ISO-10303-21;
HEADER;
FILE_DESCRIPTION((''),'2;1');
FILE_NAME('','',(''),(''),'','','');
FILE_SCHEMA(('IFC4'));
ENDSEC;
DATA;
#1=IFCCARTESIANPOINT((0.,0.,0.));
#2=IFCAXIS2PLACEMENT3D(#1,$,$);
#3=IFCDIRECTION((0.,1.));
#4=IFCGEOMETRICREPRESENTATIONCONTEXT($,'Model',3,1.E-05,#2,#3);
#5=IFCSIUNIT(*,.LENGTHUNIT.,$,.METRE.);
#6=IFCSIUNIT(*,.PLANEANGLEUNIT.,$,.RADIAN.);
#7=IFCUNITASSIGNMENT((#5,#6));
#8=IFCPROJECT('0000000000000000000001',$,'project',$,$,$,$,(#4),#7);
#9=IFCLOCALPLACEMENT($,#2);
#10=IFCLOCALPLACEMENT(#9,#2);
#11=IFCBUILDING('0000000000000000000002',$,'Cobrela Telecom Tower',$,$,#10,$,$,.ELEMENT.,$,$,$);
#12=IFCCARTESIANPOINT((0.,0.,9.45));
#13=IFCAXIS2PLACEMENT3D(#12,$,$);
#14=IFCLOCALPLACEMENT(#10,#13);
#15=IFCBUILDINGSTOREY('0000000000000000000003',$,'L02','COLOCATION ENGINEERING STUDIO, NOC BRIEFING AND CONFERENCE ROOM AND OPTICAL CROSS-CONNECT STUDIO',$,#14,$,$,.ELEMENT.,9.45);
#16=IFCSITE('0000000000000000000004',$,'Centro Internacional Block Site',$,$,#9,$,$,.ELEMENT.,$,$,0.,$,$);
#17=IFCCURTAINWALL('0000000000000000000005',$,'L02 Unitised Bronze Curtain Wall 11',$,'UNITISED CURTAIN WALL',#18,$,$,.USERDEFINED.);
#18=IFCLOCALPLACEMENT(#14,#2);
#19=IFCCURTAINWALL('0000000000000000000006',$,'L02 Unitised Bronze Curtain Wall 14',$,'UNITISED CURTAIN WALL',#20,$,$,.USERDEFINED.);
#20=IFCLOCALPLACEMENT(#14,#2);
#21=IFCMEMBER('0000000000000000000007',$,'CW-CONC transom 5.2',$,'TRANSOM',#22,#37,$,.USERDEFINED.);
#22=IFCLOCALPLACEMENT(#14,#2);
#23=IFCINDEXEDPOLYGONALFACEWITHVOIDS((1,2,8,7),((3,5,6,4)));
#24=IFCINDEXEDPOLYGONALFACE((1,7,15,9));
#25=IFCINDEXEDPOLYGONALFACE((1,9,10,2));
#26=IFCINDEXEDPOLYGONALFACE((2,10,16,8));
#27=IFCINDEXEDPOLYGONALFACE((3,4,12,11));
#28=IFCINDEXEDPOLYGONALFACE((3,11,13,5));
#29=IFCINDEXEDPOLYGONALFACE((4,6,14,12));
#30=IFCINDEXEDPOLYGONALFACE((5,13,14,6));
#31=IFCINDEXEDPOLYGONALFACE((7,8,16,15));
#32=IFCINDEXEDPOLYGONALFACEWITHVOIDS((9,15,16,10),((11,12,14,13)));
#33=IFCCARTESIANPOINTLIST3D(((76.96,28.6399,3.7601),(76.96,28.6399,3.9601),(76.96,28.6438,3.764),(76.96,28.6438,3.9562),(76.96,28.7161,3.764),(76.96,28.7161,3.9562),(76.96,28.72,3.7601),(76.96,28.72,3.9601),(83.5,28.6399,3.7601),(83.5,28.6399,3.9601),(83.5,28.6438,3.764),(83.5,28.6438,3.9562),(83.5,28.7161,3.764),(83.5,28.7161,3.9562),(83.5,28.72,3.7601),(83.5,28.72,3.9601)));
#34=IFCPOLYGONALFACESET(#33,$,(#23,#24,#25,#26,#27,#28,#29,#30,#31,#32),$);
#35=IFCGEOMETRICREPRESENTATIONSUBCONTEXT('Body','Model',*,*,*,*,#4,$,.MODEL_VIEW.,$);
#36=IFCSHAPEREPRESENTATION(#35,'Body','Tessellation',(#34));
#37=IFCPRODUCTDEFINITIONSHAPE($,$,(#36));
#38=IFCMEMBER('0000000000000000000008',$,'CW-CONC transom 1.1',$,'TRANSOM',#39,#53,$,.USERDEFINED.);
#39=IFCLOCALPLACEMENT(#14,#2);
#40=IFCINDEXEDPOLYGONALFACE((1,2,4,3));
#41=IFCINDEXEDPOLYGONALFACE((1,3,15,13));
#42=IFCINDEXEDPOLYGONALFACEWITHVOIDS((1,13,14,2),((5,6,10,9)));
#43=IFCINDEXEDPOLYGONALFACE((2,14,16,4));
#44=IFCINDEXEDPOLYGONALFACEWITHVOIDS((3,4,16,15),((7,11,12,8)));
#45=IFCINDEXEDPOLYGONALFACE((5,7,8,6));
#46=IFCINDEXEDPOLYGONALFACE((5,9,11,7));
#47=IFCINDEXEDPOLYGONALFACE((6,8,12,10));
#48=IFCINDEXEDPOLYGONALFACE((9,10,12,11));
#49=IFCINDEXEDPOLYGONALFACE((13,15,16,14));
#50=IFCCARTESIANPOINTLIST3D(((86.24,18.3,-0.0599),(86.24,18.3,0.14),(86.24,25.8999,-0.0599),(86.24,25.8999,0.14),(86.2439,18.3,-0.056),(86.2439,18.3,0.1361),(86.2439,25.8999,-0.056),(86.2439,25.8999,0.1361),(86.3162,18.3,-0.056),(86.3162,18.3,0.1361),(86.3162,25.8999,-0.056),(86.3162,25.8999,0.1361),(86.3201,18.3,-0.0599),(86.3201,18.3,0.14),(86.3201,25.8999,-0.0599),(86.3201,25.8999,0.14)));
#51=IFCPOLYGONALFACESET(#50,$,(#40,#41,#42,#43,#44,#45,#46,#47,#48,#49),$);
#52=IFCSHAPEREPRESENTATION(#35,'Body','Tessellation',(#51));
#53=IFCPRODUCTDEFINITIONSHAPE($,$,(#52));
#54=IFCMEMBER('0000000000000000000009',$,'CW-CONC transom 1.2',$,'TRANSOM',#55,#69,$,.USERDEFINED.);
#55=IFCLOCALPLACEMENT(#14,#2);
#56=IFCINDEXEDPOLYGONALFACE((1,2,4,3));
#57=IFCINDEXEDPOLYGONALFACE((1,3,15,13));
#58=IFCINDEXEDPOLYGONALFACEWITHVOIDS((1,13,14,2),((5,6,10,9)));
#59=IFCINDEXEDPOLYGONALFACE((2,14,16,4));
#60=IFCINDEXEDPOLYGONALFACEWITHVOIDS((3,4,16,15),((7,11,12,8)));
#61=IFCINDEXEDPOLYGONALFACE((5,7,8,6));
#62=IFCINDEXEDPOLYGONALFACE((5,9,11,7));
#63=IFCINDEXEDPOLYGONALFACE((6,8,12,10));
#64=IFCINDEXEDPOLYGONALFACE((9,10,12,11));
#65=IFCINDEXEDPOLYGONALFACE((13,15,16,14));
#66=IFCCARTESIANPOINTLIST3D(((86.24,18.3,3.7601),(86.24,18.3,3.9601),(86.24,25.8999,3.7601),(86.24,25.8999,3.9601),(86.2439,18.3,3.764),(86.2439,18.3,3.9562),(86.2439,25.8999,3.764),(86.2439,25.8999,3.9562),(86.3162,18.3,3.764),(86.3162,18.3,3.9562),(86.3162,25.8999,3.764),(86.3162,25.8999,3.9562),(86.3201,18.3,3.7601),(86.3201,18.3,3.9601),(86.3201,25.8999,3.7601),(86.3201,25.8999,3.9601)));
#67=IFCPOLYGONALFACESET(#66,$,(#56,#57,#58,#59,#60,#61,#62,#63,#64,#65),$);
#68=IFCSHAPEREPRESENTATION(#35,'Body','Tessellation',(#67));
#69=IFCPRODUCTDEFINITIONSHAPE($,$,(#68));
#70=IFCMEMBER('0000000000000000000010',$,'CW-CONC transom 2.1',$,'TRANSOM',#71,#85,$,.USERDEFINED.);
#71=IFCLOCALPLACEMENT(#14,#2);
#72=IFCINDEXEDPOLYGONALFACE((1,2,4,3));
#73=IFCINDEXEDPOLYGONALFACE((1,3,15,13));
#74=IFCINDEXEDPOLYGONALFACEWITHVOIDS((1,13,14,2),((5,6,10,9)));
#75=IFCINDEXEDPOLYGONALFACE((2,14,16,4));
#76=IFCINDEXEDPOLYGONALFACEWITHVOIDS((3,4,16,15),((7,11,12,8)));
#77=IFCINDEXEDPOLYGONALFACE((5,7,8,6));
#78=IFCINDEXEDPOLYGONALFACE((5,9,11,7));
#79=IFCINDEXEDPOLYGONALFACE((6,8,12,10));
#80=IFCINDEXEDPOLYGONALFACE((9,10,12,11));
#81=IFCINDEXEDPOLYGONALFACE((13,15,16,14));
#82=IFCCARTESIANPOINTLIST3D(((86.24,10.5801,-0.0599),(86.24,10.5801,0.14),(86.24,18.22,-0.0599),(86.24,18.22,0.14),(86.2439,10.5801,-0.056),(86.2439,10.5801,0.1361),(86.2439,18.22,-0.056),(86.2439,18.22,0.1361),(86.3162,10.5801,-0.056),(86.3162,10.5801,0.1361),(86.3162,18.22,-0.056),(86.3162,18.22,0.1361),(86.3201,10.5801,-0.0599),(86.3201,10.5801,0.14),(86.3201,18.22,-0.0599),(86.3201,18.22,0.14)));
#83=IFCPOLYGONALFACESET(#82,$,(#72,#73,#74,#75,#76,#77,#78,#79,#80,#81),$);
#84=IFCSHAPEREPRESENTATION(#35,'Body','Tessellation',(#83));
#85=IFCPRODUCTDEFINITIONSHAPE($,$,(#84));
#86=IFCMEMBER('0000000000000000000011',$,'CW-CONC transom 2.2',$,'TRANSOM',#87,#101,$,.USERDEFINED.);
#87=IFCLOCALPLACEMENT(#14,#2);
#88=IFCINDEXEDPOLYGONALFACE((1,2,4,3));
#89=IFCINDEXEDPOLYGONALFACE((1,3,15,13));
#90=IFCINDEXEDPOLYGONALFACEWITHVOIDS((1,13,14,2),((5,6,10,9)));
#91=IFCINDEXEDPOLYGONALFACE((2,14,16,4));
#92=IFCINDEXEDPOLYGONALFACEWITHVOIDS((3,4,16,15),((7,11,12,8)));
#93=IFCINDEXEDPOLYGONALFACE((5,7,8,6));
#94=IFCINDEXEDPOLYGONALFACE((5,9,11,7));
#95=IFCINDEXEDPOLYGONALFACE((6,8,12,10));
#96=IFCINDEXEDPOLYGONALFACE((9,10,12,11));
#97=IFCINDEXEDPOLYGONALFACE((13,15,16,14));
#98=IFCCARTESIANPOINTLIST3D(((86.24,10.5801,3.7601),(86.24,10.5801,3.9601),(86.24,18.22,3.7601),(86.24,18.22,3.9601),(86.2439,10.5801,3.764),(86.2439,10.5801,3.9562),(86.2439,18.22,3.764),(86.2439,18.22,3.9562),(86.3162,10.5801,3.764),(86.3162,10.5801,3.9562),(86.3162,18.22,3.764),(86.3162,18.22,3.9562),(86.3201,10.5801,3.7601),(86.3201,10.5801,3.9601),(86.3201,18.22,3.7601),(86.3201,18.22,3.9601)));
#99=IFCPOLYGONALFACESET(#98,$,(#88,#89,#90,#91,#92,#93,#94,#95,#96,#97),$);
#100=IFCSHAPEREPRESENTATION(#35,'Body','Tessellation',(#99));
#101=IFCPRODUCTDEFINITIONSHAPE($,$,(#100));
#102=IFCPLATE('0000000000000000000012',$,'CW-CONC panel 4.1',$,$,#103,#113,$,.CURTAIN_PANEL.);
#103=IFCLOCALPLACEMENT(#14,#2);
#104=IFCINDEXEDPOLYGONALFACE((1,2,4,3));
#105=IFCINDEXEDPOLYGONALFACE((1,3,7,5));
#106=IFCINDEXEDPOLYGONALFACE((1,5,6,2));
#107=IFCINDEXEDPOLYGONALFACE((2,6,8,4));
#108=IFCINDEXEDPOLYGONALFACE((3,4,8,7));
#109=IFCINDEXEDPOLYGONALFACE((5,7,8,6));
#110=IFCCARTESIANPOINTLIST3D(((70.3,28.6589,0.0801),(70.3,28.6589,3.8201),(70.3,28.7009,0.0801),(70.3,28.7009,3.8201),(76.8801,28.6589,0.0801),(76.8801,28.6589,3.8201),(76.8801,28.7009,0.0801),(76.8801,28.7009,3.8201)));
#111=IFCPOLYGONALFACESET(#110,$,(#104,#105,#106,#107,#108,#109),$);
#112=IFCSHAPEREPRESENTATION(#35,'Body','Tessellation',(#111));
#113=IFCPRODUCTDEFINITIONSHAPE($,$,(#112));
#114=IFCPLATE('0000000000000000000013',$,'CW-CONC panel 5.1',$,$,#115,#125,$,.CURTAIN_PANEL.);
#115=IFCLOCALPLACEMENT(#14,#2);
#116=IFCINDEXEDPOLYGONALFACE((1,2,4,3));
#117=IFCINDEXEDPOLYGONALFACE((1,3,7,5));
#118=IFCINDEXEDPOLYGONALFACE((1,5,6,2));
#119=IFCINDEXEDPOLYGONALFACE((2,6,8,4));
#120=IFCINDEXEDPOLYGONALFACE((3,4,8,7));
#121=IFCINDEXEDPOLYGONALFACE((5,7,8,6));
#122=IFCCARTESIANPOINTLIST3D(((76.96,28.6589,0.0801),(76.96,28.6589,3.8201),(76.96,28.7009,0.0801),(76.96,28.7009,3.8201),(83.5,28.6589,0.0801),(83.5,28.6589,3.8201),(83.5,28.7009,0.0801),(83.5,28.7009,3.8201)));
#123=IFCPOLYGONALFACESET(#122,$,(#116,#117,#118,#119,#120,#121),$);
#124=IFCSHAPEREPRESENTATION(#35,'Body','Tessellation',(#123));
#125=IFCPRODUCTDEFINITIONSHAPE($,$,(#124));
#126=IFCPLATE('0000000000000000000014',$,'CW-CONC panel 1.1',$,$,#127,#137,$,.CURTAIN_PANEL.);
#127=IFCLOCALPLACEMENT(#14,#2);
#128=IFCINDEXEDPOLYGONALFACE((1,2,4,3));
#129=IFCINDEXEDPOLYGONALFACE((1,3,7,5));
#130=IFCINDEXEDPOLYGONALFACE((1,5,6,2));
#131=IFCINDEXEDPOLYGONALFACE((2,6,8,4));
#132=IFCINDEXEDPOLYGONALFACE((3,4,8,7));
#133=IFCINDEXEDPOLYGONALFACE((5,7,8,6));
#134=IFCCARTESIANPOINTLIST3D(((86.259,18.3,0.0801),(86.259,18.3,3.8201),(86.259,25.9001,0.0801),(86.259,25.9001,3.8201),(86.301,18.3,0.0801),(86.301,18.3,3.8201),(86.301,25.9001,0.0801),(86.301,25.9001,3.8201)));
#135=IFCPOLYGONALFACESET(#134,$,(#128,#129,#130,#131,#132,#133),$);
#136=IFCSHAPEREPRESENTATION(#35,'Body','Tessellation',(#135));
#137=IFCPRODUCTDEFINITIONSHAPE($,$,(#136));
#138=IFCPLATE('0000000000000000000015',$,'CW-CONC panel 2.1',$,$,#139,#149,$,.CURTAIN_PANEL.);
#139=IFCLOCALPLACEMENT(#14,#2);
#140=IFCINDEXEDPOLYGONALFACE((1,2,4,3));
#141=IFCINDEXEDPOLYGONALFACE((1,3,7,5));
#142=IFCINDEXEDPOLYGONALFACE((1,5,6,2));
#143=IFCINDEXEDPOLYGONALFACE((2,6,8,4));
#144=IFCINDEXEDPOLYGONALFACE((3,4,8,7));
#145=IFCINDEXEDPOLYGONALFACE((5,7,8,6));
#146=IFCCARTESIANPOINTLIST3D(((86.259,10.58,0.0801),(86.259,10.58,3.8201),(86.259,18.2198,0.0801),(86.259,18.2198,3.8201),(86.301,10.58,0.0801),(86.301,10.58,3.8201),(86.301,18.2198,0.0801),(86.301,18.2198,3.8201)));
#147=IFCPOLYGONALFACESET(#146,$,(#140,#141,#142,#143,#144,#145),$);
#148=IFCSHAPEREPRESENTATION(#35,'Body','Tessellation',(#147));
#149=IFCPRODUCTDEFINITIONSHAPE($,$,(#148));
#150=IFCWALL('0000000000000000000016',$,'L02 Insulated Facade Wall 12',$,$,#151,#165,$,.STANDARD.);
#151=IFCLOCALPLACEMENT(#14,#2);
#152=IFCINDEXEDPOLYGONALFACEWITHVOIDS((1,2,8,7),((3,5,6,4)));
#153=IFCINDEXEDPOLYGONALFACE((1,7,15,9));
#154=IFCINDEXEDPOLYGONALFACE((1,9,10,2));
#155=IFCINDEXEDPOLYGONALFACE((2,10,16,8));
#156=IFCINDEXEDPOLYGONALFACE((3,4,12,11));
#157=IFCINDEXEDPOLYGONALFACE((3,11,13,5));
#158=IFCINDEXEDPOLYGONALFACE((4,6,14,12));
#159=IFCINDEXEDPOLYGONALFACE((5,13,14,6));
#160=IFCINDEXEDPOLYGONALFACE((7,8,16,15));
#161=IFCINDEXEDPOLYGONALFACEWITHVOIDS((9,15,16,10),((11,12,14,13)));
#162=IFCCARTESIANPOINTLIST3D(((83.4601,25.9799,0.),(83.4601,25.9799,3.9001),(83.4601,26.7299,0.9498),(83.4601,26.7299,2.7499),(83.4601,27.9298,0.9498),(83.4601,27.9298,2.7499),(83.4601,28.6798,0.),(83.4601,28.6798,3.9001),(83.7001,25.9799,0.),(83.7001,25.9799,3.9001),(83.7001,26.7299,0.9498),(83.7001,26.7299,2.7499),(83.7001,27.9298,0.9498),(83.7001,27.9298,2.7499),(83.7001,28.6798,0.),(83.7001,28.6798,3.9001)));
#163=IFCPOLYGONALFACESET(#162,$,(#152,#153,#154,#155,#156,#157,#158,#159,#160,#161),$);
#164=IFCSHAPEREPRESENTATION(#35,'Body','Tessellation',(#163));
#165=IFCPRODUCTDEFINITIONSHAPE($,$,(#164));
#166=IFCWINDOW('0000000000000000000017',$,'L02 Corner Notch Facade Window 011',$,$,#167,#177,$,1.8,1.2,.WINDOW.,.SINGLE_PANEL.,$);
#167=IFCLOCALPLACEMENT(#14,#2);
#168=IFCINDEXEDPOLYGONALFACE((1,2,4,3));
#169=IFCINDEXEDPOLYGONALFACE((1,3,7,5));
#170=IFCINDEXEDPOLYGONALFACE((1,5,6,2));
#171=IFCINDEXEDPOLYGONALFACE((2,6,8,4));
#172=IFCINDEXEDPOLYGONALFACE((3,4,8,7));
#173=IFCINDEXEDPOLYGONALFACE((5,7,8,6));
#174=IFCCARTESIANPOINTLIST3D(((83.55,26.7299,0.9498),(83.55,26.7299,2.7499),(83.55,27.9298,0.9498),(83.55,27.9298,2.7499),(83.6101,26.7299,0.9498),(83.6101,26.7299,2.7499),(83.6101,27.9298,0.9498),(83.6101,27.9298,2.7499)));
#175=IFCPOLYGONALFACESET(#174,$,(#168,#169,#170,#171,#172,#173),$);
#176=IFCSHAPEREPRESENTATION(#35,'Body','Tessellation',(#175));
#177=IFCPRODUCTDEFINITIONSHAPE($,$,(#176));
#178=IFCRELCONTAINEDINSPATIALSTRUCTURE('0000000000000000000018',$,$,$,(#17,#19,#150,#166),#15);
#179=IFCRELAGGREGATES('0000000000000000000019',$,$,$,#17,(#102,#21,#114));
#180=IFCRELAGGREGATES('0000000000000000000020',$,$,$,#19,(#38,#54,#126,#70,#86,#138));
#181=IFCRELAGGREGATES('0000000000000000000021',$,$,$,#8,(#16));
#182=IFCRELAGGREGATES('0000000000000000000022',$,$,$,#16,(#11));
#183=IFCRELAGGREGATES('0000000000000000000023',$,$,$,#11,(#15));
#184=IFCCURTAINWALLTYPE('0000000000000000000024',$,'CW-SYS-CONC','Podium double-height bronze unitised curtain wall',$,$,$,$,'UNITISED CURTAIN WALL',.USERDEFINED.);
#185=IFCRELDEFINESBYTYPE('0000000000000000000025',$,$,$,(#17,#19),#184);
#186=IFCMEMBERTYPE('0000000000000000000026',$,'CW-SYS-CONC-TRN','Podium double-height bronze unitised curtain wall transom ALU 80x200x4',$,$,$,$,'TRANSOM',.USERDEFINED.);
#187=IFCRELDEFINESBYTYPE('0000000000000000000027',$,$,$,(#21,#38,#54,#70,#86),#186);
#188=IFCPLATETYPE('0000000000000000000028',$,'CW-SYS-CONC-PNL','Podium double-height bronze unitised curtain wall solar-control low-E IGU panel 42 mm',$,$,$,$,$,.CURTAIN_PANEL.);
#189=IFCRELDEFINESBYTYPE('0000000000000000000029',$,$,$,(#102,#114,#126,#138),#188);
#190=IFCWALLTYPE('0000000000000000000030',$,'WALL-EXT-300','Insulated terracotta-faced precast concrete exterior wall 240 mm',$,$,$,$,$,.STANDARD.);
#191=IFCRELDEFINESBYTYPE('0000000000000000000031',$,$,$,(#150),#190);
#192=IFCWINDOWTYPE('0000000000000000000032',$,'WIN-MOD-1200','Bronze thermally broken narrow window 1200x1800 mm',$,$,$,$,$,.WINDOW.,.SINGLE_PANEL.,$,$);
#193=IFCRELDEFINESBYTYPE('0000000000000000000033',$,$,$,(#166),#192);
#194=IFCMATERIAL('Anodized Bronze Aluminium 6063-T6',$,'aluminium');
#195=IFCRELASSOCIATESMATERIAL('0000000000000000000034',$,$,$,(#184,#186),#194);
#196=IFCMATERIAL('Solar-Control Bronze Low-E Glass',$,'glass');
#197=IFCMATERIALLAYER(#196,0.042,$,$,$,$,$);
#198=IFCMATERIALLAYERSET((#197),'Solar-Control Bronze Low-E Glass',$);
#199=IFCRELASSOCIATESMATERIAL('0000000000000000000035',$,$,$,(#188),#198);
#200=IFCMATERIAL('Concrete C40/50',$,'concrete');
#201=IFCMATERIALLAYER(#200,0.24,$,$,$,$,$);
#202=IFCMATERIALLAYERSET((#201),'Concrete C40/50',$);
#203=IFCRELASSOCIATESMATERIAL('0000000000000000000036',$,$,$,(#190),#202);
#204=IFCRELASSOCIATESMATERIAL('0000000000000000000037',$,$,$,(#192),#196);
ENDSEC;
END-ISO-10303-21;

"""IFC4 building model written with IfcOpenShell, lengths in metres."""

from ifc_helpers import new_model, si_unit, direction, frame, frame_2d, origin, origin_2d, place, context, subcontext, project, spatial, rectangle, hollow_rectangle, extrude, material, layer, layer_set, material_profile, profile_set, type_object, element, fill, aggregate, save


model = new_model("IFC4")

# Units and contexts
model_context = context("Model", 3, precision=1e-05, world=origin(), true_north=direction((0.0, 1.0)))
body_context = subcontext(model_context, "Body", "Model", "MODEL_VIEW")
ifc_project = project(units=[si_unit("LENGTHUNIT", "METRE"), si_unit("PLANEANGLEUNIT", "RADIAN")], contexts=[model_context])

# Site, building, storey
site_placement = place(None, origin())
site = spatial("IfcSite", under=ifc_project, at=site_placement, Name="Centro Internacional Block Site", CompositionType="ELEMENT", RefElevation=0.0)
building_placement = place(site_placement, origin())
building = spatial("IfcBuilding", under=site, at=building_placement, Name="Cobrela Telecom Tower", CompositionType="ELEMENT")
storey_placement = place(building_placement, frame((0.0, 0.0, 9.45)))
storey = spatial("IfcBuildingStorey", under=building, at=storey_placement, Name="L02", Description="COLOCATION ENGINEERING STUDIO, NOC BRIEFING AND CONFERENCE ROOM AND OPTICAL CROSS-CONNECT STUDIO", CompositionType="ELEMENT", Elevation=9.45)

# Shared definitions
ifc_material_1 = material(Name="Concrete C40/50", Category="concrete")

# Curtain walls
ifc_material_2 = material(Name="Anodized Bronze Aluminium 6063-T6", Category="aluminium")
curtain_wall_type = type_object("IfcCurtainWallType", Name="CW-SYS-CONC", Description="Podium double-height bronze unitised curtain wall", ElementType="UNITISED CURTAIN WALL", PredefinedType="USERDEFINED", material=ifc_material_2)
curtain_wall_1_placement = place(storey_placement, origin())
curtain_wall_1 = element("IfcCurtainWall", 1, at=curtain_wall_1_placement, inside=storey, type_object=curtain_wall_type, Name="L02 Unitised Bronze Curtain Wall 11", ObjectType="UNITISED CURTAIN WALL", PredefinedType="USERDEFINED")
curtain_wall_2_placement = place(storey_placement, origin())
curtain_wall_2 = element("IfcCurtainWall", 2, at=curtain_wall_2_placement, inside=storey, type_object=curtain_wall_type, Name="L02 Unitised Bronze Curtain Wall 14", ObjectType="UNITISED CURTAIN WALL", PredefinedType="USERDEFINED")

# Members
ifc_material_profile_1 = material_profile(ifc_material_2, hollow_rectangle(XDim=0.0801, YDim=0.2, WallThickness=0.0039, at=origin_2d()), Name="ALU 80x200x4")
ifc_profile_set_1 = profile_set([ifc_material_profile_1], Name="Anodized Bronze Aluminium 6063-T6")
member_type_1 = type_object("IfcMemberType", Name="CW-SYS-CONC-TRN", Description="Podium double-height bronze unitised curtain wall transom ALU 80x200x4", ElementType="TRANSOM", PredefinedType="USERDEFINED", material=ifc_profile_set_1)
member_1_placement = place(storey_placement, frame((76.96, 28.6799, 3.8601), z_axis=(1.0, 0.0, 0.0), x_axis=(0.0, 1.0, 0.0)))
member_1 = element("IfcMember", 3, at=member_1_placement, type_object=member_type_1, Name="CW-CONC transom 5.2", ObjectType="TRANSOM", PredefinedType="USERDEFINED", context=body_context, shape_type="SweptSolid", body=[
    extrude(hollow_rectangle(XDim=0.0801, YDim=0.2, WallThickness=0.0039, at=origin_2d()), origin(), (0.0, 0.0, 1.0), 6.54),
])
member_2_placement = place(storey_placement, frame((86.28, 25.8999, 0.04), z_axis=(0.0, -1.0, 0.0), x_axis=(1.0, 0.0, 0.0)))
member_2 = element("IfcMember", 4, at=member_2_placement, type_object=member_type_1, Name="CW-CONC transom 1.1", ObjectType="TRANSOM", PredefinedType="USERDEFINED", context=body_context, shape_type="SweptSolid", body=[
    extrude(hollow_rectangle(XDim=0.0801, YDim=0.2, WallThickness=0.0039, at=origin_2d()), origin(), (0.0, 0.0, 1.0), 7.5999),
])
member_3_placement = place(storey_placement, frame((86.28, 25.8999, 3.8601), z_axis=(0.0, -1.0, 0.0), x_axis=(1.0, 0.0, 0.0)))
member_3 = element("IfcMember", 5, at=member_3_placement, type_object=member_type_1, Name="CW-CONC transom 1.2", ObjectType="TRANSOM", PredefinedType="USERDEFINED", context=body_context, shape_type="SweptSolid", body=[
    extrude(hollow_rectangle(XDim=0.0801, YDim=0.2, WallThickness=0.0039, at=origin_2d()), origin(), (0.0, 0.0, 1.0), 7.5999),
])
member_4_placement = place(storey_placement, frame((86.28, 18.22, 0.04), z_axis=(0.0, -1.0, 0.0), x_axis=(1.0, 0.0, 0.0)))
member_4 = element("IfcMember", 6, at=member_4_placement, type_object=member_type_1, Name="CW-CONC transom 2.1", ObjectType="TRANSOM", PredefinedType="USERDEFINED", context=body_context, shape_type="SweptSolid", body=[
    extrude(hollow_rectangle(XDim=0.0801, YDim=0.2, WallThickness=0.0039, at=origin_2d()), origin(), (0.0, 0.0, 1.0), 7.6399),
])
member_5_placement = place(storey_placement, frame((86.28, 18.22, 3.8601), z_axis=(0.0, -1.0, 0.0), x_axis=(1.0, 0.0, 0.0)))
member_5 = element("IfcMember", 7, at=member_5_placement, type_object=member_type_1, Name="CW-CONC transom 2.2", ObjectType="TRANSOM", PredefinedType="USERDEFINED", context=body_context, shape_type="SweptSolid", body=[
    extrude(hollow_rectangle(XDim=0.0801, YDim=0.2, WallThickness=0.0039, at=origin_2d()), origin(), (0.0, 0.0, 1.0), 7.6399),
])

# Plates
ifc_material_3 = material(Name="Solar-Control Bronze Low-E Glass", Category="glass")
ifc_layer_1 = layer(ifc_material_3, 0.042)
ifc_layer_set_1 = layer_set([ifc_layer_1], Name="Solar-Control Bronze Low-E Glass")
plate_type = type_object("IfcPlateType", Name="CW-SYS-CONC-PNL", Description="Podium double-height bronze unitised curtain wall solar-control low-E IGU panel 42 mm", PredefinedType="CURTAIN_PANEL", material=ifc_layer_set_1)
plate_1_placement = place(storey_placement, frame((73.5901, 28.6799, 0.0801), z_axis=(0.0, 0.0, 1.0), x_axis=(1.0, 0.0, 0.0)))
plate_1 = element("IfcPlate", 8, at=plate_1_placement, type_object=plate_type, Name="CW-CONC panel 4.1", PredefinedType="CURTAIN_PANEL", context=body_context, shape_type="SweptSolid", body=[
    extrude(rectangle(XDim=6.5801, YDim=0.042, at=origin_2d()), origin(), (0.0, 0.0, 1.0), 3.74),
])
plate_2_placement = place(storey_placement, frame((80.23, 28.6799, 0.0801), z_axis=(0.0, 0.0, 1.0), x_axis=(1.0, 0.0, 0.0)))
plate_2 = element("IfcPlate", 9, at=plate_2_placement, type_object=plate_type, Name="CW-CONC panel 5.1", PredefinedType="CURTAIN_PANEL", context=body_context, shape_type="SweptSolid", body=[
    extrude(rectangle(XDim=6.54, YDim=0.042, at=origin_2d()), origin(), (0.0, 0.0, 1.0), 3.74),
])
aggregate(curtain_wall_1, [plate_1, member_1, plate_2])
plate_3_placement = place(storey_placement, frame((86.28, 22.1001, 0.0801), z_axis=(0.0, 0.0, 1.0), x_axis=(0.0, -1.0, 0.0)))
plate_3 = element("IfcPlate", 10, at=plate_3_placement, type_object=plate_type, Name="CW-CONC panel 1.1", PredefinedType="CURTAIN_PANEL", context=body_context, shape_type="SweptSolid", body=[
    extrude(rectangle(XDim=7.6001, YDim=0.042, at=origin_2d()), origin(), (0.0, 0.0, 1.0), 3.74),
])
plate_4_placement = place(storey_placement, frame((86.28, 14.3999, 0.0801), z_axis=(0.0, 0.0, 1.0), x_axis=(0.0, -1.0, 0.0)))
plate_4 = element("IfcPlate", 11, at=plate_4_placement, type_object=plate_type, Name="CW-CONC panel 2.1", PredefinedType="CURTAIN_PANEL", context=body_context, shape_type="SweptSolid", body=[
    extrude(rectangle(XDim=7.6399, YDim=0.042, at=origin_2d()), origin(), (0.0, 0.0, 1.0), 3.74),
])
aggregate(curtain_wall_2, [member_2, member_3, plate_3, member_4, member_5, plate_4])

# Wall, opening, window
ifc_layer_2 = layer(ifc_material_1, 0.24)
ifc_layer_set_2 = layer_set([ifc_layer_2], Name="Concrete C40/50")
wall_type = type_object("IfcWallType", Name="WALL-EXT-300", Description="Insulated terracotta-faced precast concrete exterior wall 240 mm", PredefinedType="STANDARD", material=ifc_layer_set_2)
wall_1_placement = place(storey_placement, frame((83.5801, 28.6799, 0.0), z_axis=(0.0, 0.0, 1.0), x_axis=(0.0, -1.0, 0.0)))
wall_1 = element("IfcWall", 12, at=wall_1_placement, inside=storey, type_object=wall_type, Name="L02 Insulated Facade Wall 12", PredefinedType="STANDARD", context=body_context, shape_type="SweptSolid", body=[
    extrude(rectangle(XDim=2.7, YDim=0.24, at=frame_2d((1.3501, 0.0))), origin(), (0.0, 0.0, 1.0), 3.9001),
])
opening_1_placement = place(wall_1_placement, frame((0.75, 0.0, 0.95)))
opening_1 = element("IfcOpeningElement", 13, at=opening_1_placement, cuts=wall_1, PredefinedType="OPENING", context=body_context, shape_type="SweptSolid", body=[
    extrude(rectangle(XDim=1.2, YDim=1.8, at=frame_2d((0.6001, 0.8999))), frame((0.0, 0.1318, 0.0), z_axis=(0.0, -1.0, 0.0), x_axis=(1.0, 0.0, 0.0)), (0.0, 0.0, 1.0), 0.2639),
])
window_type_1 = type_object("IfcWindowType", Name="WIN-MOD-1200", Description="Bronze thermally broken narrow window 1200x1800 mm", PartitioningType="SINGLE_PANEL", PredefinedType="WINDOW", material=ifc_material_3)
window_1_placement = place(opening_1_placement, origin())
window_1 = element("IfcWindow", 14, at=window_1_placement, inside=storey, type_object=window_type_1, Name="L02 Corner Notch Facade Window 011", OverallHeight=1.8, OverallWidth=1.2, PartitioningType="SINGLE_PANEL", PredefinedType="WINDOW", context=body_context, shape_type="SweptSolid", body=[
    extrude(rectangle(XDim=1.2, YDim=1.8, at=frame_2d((0.6001, 0.8999))), frame((0.0, 0.03, 0.0), z_axis=(0.0, -1.0, 0.0), x_axis=(1.0, 0.0, 0.0)), (0.0, 0.0, 1.0), 0.0601),
])
fill(opening_1, window_1)

save(model, "model.ifc")
